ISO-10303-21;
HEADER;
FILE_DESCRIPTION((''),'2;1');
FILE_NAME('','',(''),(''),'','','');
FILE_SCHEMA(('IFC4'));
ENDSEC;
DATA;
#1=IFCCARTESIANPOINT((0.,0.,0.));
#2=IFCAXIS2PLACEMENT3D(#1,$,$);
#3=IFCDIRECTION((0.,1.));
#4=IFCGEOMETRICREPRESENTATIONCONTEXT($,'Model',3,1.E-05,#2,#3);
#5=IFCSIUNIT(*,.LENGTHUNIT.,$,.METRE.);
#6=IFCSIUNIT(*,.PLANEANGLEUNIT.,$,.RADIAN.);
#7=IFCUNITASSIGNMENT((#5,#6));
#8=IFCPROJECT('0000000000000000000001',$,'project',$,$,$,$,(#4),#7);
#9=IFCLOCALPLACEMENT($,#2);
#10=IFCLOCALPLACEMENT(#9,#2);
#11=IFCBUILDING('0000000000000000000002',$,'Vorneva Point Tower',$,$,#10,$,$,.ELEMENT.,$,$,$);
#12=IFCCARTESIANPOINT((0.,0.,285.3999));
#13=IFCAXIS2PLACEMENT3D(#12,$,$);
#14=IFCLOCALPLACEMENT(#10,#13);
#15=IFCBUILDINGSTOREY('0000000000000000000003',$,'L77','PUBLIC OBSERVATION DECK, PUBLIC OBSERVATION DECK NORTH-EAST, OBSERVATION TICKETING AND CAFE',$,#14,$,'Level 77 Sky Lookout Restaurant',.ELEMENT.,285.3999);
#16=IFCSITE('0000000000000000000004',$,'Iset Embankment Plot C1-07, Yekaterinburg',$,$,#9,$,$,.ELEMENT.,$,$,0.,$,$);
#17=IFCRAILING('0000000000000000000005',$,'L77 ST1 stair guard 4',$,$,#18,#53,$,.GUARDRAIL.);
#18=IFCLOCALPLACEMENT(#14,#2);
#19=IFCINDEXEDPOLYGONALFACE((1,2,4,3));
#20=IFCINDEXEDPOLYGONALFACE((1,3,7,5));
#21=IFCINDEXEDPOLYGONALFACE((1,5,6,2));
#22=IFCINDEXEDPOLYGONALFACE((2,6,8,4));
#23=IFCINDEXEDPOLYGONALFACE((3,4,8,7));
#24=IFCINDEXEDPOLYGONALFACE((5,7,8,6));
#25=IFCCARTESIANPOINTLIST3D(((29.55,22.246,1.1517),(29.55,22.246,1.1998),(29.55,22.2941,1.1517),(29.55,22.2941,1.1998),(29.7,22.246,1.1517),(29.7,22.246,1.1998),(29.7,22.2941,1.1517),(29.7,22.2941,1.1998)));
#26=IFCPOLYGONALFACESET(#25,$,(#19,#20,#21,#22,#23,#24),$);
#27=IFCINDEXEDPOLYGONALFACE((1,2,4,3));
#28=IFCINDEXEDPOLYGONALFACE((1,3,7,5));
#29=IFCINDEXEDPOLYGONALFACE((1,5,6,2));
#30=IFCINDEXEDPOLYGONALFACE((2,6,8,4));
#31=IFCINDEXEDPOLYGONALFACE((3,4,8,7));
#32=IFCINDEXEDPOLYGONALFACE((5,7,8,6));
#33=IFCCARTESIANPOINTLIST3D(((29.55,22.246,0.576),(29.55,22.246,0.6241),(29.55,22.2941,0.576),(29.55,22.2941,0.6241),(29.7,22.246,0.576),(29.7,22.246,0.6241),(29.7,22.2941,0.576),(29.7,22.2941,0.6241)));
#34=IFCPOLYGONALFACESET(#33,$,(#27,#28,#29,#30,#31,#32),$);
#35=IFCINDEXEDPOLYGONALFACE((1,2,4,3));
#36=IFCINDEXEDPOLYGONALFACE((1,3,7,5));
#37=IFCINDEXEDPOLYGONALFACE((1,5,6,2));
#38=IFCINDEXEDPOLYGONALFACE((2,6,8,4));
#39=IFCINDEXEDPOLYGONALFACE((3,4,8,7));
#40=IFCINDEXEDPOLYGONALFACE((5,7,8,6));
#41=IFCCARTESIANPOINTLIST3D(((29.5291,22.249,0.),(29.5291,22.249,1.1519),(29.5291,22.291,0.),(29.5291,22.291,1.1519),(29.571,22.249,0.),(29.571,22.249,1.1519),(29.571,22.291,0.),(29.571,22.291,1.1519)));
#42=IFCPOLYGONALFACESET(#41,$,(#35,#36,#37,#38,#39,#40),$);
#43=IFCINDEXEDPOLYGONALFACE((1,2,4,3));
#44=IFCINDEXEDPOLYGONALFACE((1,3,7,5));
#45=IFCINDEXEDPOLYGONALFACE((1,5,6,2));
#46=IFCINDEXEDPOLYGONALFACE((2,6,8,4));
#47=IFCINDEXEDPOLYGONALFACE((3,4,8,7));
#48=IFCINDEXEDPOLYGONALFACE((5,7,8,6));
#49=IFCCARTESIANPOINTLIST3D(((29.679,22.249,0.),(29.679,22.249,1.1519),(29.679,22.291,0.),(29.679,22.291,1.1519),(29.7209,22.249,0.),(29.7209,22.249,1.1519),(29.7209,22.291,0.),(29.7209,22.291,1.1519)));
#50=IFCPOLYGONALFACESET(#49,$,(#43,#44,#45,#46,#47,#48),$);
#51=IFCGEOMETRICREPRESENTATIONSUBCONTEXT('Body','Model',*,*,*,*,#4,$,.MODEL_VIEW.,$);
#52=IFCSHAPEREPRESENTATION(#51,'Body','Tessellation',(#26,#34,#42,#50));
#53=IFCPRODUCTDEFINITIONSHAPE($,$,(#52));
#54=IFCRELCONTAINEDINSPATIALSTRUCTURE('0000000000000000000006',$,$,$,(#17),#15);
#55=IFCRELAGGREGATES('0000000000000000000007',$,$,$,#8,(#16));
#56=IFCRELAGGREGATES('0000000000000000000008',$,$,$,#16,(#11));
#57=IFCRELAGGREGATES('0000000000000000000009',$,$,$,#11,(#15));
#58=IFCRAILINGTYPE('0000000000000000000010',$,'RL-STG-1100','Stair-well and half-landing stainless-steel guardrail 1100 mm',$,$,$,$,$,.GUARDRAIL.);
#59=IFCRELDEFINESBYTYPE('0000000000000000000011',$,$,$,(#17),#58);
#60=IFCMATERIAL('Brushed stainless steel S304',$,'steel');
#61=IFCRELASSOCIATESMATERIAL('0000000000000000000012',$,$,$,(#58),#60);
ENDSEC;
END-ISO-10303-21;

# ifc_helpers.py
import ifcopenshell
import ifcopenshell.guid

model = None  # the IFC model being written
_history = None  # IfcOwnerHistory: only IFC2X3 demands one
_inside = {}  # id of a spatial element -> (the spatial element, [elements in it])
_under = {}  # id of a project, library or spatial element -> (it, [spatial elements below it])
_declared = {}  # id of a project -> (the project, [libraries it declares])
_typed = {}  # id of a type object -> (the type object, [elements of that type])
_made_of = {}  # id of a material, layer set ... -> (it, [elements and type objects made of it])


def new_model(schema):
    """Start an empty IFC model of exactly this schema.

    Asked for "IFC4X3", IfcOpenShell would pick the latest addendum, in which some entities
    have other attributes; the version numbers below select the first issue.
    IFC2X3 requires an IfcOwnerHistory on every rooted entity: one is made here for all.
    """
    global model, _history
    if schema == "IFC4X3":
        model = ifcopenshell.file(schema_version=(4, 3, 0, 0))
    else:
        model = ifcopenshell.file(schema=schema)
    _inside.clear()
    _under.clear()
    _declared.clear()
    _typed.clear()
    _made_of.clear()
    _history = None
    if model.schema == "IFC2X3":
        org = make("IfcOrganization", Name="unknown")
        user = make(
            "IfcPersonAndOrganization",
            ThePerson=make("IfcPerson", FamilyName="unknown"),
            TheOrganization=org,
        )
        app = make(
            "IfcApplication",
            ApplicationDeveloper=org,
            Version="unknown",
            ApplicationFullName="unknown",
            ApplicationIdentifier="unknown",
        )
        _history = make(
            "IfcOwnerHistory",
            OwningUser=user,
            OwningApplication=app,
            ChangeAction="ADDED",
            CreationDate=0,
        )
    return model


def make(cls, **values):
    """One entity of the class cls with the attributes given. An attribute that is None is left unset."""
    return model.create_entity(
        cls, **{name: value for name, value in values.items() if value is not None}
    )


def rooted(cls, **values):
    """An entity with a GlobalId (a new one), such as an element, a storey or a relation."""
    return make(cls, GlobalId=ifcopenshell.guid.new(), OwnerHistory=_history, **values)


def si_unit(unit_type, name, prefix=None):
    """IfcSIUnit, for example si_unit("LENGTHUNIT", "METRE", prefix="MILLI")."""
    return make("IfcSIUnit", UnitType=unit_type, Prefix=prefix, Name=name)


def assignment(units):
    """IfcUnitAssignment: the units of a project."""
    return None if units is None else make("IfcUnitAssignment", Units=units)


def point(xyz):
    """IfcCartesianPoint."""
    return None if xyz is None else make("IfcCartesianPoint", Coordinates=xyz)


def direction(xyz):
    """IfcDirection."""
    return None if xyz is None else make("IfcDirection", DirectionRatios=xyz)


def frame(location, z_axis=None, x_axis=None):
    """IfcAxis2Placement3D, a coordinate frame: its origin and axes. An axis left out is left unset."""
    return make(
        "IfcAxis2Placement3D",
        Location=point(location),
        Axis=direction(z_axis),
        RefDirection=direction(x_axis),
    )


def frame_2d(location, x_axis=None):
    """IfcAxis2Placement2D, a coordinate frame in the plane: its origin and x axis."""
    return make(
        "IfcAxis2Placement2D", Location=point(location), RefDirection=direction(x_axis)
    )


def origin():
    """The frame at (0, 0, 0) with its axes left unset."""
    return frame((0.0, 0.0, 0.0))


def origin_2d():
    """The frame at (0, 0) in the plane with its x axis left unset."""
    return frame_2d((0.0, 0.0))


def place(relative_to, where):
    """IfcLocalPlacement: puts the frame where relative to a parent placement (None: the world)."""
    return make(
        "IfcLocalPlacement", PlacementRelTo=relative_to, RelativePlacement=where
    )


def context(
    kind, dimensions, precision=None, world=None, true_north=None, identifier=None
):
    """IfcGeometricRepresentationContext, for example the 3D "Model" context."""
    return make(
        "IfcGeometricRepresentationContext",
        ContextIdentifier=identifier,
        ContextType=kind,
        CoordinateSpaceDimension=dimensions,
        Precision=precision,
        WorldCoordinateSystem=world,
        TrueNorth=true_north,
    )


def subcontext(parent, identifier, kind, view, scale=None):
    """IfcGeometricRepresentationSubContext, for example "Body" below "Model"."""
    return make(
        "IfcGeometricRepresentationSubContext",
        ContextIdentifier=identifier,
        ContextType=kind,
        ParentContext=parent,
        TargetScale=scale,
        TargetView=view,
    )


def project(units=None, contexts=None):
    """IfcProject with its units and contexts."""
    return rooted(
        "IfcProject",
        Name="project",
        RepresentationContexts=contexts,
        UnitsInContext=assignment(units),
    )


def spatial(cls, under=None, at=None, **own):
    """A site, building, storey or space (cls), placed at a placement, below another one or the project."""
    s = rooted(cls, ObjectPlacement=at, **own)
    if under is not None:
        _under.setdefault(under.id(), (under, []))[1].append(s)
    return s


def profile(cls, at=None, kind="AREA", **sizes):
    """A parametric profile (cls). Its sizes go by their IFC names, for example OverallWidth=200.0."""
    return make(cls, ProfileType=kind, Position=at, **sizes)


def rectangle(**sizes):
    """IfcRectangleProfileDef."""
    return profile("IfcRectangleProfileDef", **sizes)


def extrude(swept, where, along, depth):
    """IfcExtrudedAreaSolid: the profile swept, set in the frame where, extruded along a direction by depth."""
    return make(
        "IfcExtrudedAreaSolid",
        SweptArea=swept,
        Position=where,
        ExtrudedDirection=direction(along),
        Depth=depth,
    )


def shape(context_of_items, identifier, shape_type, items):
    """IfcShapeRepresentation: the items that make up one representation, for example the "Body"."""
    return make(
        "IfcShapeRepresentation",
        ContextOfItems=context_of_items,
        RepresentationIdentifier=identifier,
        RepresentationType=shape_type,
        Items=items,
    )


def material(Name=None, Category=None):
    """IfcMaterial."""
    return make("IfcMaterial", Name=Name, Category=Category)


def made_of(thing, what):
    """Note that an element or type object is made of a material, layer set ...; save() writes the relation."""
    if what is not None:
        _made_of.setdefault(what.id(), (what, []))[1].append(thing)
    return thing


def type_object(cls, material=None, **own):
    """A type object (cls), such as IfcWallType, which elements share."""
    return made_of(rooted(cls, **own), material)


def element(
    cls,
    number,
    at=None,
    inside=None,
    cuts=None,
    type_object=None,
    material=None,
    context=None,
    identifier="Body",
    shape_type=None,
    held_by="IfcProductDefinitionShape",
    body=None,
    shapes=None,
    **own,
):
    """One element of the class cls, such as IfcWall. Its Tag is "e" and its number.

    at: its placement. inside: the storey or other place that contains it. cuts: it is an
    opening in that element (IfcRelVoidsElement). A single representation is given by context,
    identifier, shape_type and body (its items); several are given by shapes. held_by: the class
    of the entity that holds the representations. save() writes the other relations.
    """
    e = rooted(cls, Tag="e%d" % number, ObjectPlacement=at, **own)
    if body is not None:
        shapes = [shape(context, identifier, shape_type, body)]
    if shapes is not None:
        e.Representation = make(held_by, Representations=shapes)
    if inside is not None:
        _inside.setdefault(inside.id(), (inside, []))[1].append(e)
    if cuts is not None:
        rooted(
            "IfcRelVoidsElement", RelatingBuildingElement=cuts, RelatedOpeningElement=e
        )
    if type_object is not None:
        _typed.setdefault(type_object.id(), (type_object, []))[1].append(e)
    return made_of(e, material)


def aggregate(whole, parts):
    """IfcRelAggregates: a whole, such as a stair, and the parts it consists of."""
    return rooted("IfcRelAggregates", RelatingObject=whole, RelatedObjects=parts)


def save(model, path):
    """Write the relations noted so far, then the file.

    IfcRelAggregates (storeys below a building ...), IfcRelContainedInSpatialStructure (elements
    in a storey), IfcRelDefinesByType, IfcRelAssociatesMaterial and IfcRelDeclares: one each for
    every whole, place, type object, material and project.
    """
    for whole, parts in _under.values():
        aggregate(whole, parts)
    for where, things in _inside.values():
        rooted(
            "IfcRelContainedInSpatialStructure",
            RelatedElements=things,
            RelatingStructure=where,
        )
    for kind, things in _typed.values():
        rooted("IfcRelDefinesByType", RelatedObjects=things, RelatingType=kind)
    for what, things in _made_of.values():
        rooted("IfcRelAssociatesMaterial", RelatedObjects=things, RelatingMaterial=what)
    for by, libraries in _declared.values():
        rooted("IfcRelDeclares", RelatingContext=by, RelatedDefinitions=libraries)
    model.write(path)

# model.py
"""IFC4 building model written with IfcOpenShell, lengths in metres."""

from ifc_helpers import new_model, si_unit, direction, frame, origin, origin_2d, place, context, subcontext, project, spatial, rectangle, extrude, material, type_object, element, save


model = new_model("IFC4")

# Units and contexts
model_context = context("Model", 3, precision=1e-05, world=origin(), true_north=direction((0.0, 1.0)))
body_context = subcontext(model_context, "Body", "Model", "MODEL_VIEW")
ifc_project = project(units=[si_unit("LENGTHUNIT", "METRE"), si_unit("PLANEANGLEUNIT", "RADIAN")], contexts=[model_context])

# Site, building, storey
site_placement = place(None, origin())
site = spatial("IfcSite", under=ifc_project, at=site_placement, Name="Iset Embankment Plot C1-07, Yekaterinburg", CompositionType="ELEMENT", RefElevation=0.0)
building_placement = place(site_placement, origin())
building = spatial("IfcBuilding", under=site, at=building_placement, Name="Vorneva Point Tower", CompositionType="ELEMENT")
storey_placement = place(building_placement, frame((0.0, 0.0, 285.3999)))
storey = spatial("IfcBuildingStorey", under=building, at=storey_placement, Name="L77", Description="PUBLIC OBSERVATION DECK, PUBLIC OBSERVATION DECK NORTH-EAST, OBSERVATION TICKETING AND CAFE", LongName="Level 77 Sky Lookout Restaurant", CompositionType="ELEMENT", Elevation=285.3999)

# Railing
ifc_material_1 = material(Name="Brushed stainless steel S304", Category="steel")
railing_type_1 = type_object("IfcRailingType", Name="RL-STG-1100", Description="Stair-well and half-landing stainless-steel guardrail 1100 mm", PredefinedType="GUARDRAIL", material=ifc_material_1)
railing_1_placement = place(storey_placement, frame((29.55, 22.27, 0.0)))
element("IfcRailing", 1, at=railing_1_placement, inside=storey, type_object=railing_type_1, Name="L77 ST1 stair guard 4", PredefinedType="GUARDRAIL", context=body_context, shape_type="SweptSolid", body=[
    extrude(rectangle(XDim=0.0481, YDim=0.0481, at=origin_2d()), frame((0.0, 0.0, 1.1758), z_axis=(1.0, 0.0, 0.0), x_axis=(0.0, 1.0, 0.0)), (0.0, 0.0, 1.0), 0.1499),
    extrude(rectangle(XDim=0.0481, YDim=0.0481, at=origin_2d()), frame((0.0, 0.0, 0.6001), z_axis=(1.0, 0.0, 0.0), x_axis=(0.0, 1.0, 0.0)), (0.0, 0.0, 1.0), 0.1499),
    extrude(rectangle(XDim=0.042, YDim=0.042, at=origin_2d()), origin(), (0.0, 0.0, 1.0), 1.1519),
    extrude(rectangle(XDim=0.042, YDim=0.042, at=origin_2d()), frame((0.1499, 0.0, 0.0)), (0.0, 0.0, 1.0), 1.1519),
])

save(model, "model.ifc")
